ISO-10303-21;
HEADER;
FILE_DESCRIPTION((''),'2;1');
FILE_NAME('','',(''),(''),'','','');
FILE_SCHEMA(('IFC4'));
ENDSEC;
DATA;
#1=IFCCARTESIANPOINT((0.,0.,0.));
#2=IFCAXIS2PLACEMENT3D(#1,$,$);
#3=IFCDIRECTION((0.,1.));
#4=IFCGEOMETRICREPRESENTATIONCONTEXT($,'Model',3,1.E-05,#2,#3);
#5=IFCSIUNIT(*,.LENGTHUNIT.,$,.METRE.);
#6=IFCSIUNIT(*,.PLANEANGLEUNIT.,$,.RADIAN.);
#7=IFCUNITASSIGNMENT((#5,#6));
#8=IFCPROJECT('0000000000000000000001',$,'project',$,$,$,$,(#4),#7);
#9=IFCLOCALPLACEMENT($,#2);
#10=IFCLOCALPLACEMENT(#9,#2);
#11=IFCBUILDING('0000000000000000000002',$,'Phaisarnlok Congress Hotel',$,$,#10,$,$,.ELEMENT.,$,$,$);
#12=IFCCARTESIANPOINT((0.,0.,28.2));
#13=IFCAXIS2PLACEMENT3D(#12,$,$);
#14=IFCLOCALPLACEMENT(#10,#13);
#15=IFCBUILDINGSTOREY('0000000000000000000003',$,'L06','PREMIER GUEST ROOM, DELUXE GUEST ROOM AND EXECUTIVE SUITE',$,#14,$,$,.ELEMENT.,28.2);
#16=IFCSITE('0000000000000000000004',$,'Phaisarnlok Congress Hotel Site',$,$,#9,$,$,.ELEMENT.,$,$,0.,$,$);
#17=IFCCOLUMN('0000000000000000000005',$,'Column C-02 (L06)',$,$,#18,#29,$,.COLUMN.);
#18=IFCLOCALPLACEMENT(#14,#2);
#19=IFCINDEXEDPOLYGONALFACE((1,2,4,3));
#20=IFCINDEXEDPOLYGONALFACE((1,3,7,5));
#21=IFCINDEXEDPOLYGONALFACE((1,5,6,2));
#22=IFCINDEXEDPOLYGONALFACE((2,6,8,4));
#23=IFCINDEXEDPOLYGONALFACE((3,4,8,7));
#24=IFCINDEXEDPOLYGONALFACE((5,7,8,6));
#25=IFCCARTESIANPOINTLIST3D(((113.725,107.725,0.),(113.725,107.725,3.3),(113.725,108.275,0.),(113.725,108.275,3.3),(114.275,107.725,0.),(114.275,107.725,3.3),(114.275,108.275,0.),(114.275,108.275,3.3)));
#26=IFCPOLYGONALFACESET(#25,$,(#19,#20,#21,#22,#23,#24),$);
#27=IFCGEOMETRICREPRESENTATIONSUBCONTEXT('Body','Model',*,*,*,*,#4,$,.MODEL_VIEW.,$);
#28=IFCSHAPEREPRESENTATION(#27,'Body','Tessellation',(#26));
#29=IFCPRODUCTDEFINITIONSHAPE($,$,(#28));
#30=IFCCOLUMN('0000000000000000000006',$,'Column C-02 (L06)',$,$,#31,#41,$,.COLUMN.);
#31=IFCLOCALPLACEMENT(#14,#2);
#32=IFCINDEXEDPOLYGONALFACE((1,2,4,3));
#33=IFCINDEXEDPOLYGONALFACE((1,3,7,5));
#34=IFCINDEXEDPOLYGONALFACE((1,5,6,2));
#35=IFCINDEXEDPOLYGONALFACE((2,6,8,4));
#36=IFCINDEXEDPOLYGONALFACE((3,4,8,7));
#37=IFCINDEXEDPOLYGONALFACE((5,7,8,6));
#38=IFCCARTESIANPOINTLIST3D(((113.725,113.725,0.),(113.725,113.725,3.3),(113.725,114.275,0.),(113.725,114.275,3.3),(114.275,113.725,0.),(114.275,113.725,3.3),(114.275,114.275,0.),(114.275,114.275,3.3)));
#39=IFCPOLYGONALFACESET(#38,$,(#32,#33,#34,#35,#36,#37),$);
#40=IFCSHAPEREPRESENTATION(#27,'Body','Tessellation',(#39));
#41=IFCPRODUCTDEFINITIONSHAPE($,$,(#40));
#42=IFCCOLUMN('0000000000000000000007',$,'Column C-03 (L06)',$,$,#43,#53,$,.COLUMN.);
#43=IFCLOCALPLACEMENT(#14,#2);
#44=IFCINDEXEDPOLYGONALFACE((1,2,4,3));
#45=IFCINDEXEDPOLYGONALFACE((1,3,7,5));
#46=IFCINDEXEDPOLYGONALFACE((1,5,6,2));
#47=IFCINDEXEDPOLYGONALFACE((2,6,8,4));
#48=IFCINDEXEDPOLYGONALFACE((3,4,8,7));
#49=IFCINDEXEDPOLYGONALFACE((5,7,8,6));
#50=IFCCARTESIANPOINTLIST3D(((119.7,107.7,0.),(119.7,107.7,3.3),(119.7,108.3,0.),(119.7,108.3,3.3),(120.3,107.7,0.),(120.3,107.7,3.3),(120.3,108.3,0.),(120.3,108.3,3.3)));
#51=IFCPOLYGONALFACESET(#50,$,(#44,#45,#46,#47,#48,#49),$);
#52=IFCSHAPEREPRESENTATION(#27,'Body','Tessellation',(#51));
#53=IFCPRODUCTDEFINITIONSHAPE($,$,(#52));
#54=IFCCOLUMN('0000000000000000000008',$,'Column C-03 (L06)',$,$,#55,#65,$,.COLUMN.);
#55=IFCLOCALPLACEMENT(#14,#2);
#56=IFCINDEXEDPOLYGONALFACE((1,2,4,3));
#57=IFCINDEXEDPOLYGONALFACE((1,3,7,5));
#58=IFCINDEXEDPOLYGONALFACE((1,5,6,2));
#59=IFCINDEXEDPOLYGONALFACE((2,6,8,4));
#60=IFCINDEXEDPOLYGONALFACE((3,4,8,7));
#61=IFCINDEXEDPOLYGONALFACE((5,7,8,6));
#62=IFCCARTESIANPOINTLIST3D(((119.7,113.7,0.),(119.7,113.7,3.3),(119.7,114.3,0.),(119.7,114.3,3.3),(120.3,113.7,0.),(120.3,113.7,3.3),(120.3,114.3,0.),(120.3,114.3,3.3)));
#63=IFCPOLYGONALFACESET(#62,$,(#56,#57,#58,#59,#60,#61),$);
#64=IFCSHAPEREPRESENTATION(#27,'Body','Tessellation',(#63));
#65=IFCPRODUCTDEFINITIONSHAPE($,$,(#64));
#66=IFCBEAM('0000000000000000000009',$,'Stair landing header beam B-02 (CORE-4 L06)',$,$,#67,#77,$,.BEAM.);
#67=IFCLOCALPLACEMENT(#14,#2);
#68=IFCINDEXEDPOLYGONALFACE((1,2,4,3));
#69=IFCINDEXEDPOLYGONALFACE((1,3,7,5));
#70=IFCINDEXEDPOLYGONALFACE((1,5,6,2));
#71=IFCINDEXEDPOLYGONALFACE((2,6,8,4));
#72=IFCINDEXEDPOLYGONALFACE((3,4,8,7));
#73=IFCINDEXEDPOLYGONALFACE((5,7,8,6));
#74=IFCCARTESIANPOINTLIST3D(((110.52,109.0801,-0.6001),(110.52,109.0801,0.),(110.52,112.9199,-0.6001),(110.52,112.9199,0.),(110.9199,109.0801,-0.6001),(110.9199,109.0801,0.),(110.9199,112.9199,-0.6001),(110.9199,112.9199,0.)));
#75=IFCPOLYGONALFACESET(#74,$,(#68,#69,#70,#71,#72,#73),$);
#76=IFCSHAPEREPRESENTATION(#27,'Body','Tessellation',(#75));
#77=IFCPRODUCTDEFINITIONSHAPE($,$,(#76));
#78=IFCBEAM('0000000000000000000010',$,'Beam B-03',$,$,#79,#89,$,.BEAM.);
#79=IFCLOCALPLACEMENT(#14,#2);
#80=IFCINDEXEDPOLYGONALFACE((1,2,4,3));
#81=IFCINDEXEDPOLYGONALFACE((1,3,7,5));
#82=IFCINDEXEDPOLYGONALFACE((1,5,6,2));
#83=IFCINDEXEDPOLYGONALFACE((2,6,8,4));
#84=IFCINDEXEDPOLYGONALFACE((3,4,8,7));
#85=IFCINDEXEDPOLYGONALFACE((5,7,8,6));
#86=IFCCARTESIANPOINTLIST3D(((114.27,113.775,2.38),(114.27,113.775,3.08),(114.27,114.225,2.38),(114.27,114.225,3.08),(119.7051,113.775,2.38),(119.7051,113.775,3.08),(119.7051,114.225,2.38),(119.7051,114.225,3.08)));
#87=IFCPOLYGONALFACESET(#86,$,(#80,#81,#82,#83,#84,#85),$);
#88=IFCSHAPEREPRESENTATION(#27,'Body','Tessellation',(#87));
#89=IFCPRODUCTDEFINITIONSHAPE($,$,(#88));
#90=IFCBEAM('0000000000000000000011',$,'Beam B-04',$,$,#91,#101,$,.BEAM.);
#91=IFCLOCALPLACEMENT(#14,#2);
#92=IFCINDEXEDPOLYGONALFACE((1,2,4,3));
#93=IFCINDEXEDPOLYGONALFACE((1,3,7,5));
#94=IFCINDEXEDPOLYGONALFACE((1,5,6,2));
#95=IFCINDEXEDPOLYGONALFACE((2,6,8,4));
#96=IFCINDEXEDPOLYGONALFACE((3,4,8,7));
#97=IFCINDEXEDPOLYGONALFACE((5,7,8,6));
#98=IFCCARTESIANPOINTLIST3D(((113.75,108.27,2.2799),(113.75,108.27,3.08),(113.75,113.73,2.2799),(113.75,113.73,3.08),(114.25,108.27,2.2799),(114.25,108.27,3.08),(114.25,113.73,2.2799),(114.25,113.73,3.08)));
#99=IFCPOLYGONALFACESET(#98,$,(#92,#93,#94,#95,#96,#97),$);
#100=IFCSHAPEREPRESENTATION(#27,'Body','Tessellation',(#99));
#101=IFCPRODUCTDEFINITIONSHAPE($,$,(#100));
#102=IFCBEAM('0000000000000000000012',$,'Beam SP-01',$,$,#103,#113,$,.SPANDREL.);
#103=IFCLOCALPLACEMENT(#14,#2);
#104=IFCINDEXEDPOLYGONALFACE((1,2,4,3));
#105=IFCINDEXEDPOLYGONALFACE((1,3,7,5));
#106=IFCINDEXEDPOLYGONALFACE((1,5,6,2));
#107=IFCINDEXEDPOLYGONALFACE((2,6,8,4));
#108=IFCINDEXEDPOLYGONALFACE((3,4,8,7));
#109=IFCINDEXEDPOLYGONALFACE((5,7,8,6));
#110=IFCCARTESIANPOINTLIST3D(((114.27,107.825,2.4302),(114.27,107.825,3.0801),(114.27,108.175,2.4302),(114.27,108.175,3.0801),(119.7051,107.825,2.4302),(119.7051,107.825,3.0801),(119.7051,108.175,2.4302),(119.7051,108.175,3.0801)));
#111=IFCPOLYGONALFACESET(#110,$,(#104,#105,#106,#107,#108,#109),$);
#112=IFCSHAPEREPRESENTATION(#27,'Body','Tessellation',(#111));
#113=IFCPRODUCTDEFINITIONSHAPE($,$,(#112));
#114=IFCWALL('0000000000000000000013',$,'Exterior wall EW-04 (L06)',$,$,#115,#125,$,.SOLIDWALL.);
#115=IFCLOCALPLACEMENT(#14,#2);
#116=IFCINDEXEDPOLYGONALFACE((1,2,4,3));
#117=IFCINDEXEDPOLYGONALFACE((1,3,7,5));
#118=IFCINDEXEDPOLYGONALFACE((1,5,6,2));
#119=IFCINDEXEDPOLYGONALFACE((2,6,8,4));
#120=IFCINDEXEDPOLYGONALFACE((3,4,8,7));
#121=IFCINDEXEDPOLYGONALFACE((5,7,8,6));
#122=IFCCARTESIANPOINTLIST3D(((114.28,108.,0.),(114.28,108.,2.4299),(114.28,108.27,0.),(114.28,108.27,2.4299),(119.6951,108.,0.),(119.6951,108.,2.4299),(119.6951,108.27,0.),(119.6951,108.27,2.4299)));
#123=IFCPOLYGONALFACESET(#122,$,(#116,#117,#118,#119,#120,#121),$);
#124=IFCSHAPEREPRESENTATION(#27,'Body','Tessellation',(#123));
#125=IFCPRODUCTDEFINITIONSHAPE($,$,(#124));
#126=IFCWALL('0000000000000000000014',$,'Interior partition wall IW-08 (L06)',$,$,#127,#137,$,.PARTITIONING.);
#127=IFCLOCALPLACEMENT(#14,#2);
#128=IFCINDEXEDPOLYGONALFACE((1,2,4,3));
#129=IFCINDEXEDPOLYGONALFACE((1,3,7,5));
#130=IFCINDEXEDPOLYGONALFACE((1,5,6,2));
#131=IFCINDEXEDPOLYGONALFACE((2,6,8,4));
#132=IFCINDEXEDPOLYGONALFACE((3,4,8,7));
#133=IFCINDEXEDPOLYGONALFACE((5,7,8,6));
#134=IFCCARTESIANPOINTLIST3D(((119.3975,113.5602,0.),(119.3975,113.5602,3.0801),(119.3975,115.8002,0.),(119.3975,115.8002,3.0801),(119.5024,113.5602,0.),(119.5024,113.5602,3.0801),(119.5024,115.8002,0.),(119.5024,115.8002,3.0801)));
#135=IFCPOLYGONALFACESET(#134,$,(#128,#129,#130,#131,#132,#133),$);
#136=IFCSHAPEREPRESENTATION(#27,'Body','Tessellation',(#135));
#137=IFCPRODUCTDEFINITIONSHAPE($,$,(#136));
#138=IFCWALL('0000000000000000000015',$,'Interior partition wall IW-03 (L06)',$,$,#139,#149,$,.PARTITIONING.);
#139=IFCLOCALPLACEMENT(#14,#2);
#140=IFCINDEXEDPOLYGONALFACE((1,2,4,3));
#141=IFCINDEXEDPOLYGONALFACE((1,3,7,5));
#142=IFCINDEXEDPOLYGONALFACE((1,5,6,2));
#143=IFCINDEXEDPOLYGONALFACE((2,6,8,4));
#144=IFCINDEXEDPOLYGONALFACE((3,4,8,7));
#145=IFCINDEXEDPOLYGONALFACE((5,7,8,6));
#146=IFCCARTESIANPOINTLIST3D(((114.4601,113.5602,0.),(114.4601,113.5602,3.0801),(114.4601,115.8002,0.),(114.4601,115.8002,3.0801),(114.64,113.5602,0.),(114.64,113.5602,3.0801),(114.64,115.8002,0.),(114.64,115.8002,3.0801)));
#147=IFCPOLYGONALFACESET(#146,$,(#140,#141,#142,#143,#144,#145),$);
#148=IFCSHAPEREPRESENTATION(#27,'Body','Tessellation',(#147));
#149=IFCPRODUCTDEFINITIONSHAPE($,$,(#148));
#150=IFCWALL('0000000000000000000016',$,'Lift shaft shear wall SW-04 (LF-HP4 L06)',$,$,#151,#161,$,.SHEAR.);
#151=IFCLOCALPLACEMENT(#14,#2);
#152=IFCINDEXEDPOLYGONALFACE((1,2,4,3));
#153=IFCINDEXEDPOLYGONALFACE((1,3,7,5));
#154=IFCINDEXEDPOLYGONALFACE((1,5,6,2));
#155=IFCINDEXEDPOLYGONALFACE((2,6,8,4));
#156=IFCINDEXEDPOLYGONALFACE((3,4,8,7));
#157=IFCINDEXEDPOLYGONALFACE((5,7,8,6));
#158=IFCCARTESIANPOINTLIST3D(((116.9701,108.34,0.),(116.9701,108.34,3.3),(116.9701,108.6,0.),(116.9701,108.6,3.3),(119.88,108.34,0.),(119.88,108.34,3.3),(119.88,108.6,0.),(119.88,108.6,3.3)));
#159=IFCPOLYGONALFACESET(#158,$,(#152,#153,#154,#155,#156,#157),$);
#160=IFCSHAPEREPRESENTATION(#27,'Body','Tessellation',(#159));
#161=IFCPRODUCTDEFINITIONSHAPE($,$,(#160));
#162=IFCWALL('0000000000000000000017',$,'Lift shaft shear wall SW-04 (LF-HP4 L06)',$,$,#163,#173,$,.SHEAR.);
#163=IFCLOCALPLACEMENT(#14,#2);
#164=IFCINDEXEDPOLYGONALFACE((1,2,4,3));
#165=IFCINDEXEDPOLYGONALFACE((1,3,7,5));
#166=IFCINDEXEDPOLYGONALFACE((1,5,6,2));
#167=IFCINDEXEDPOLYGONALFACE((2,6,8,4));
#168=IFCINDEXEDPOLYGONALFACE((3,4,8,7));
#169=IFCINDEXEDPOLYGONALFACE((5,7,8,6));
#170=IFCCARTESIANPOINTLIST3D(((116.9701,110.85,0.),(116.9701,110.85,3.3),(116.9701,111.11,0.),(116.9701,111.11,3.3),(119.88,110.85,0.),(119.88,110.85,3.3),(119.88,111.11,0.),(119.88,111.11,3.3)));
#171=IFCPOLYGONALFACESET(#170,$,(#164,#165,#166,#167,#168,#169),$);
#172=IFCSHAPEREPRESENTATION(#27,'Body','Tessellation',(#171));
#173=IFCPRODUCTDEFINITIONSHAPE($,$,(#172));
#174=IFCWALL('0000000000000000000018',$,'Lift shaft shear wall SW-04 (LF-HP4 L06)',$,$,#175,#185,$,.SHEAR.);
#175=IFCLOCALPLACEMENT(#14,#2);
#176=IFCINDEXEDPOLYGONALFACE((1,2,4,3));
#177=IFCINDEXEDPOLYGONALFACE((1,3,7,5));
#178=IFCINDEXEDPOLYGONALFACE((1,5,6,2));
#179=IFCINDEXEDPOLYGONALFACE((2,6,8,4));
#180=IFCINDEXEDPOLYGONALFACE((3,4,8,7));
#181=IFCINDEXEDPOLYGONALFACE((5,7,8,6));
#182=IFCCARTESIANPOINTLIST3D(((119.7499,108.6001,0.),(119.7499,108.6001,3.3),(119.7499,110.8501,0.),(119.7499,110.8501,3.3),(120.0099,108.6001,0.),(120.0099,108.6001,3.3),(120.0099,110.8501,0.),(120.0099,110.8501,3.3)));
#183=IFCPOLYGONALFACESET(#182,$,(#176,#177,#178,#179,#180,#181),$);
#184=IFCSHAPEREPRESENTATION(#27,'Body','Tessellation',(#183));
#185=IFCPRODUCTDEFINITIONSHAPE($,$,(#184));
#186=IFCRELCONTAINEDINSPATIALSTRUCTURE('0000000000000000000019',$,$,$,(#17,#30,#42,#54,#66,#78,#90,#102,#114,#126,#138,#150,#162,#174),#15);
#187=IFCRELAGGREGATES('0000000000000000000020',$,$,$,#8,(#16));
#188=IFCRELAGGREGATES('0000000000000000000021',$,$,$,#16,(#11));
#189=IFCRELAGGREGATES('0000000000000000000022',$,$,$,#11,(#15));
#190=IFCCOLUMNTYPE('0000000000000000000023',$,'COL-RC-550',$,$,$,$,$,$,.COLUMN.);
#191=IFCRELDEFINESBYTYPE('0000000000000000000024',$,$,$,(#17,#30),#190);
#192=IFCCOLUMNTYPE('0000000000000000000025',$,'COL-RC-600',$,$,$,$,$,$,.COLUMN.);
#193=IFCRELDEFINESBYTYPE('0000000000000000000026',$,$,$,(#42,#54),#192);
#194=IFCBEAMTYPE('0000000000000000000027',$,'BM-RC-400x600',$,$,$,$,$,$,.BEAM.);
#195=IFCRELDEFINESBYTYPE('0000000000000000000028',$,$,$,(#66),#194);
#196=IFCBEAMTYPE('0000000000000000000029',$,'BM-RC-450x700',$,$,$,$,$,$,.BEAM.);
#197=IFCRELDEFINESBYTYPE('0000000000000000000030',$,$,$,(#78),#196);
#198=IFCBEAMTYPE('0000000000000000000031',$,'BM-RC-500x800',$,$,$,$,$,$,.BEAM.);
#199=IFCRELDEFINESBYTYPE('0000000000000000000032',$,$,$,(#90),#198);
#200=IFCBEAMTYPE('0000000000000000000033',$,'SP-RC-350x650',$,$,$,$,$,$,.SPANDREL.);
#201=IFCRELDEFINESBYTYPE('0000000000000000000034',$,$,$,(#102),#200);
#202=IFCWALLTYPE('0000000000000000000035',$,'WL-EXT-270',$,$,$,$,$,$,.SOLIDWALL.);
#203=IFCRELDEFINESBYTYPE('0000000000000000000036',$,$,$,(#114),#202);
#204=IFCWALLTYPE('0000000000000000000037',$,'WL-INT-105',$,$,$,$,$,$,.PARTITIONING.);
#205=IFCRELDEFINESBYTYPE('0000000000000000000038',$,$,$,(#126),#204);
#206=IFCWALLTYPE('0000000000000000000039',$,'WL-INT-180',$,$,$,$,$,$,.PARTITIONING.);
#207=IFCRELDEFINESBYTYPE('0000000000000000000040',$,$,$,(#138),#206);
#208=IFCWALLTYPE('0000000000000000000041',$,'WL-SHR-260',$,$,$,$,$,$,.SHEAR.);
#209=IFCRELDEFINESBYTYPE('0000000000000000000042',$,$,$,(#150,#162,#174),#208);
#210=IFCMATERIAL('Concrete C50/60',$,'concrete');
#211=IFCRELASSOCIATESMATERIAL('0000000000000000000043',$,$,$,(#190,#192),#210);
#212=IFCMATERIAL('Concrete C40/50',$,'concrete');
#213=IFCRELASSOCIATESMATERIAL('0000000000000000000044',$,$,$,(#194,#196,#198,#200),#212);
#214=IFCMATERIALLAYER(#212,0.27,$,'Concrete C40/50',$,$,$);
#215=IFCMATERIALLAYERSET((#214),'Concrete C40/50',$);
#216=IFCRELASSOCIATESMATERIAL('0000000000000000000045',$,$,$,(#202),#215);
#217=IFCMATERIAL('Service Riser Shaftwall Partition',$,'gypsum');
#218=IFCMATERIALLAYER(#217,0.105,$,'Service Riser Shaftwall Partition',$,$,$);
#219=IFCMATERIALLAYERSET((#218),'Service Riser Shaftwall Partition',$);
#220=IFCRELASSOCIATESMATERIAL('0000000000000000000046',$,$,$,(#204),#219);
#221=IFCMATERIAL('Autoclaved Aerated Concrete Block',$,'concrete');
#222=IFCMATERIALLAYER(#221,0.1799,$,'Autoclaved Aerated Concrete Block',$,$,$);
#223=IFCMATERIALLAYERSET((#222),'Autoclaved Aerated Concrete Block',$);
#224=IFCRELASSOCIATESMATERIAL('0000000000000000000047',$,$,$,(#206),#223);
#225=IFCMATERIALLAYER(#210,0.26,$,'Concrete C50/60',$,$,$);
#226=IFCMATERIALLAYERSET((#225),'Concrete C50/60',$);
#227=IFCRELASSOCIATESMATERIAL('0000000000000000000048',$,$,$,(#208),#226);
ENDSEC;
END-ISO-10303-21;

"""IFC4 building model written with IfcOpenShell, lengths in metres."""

from ifc_helpers import new_model, si_unit, direction, frame, frame_2d, origin, origin_2d, place, context, subcontext, project, spatial, rectangle, extrude, material, layer, layer_set, material_profile, profile_set, type_object, element, save


model = new_model("IFC4")

# Units and contexts
model_context = context("Model", 3, precision=1e-05, world=origin(), true_north=direction((0.0, 1.0)))
body_context = subcontext(model_context, "Body", "Model", "MODEL_VIEW")
ifc_project = project(units=[si_unit("LENGTHUNIT", "METRE"), si_unit("PLANEANGLEUNIT", "RADIAN")], contexts=[model_context])

# Site, building, storey
site_placement = place(None, origin())
site = spatial("IfcSite", under=ifc_project, at=site_placement, Name="Phaisarnlok Congress Hotel Site", CompositionType="ELEMENT", RefElevation=0.0)
building_placement = place(site_placement, origin())
building = spatial("IfcBuilding", under=site, at=building_placement, Name="Phaisarnlok Congress Hotel", CompositionType="ELEMENT")
storey_placement = place(building_placement, frame((0.0, 0.0, 28.2)))
storey = spatial("IfcBuildingStorey", under=building, at=storey_placement, Name="L06", Description="PREMIER GUEST ROOM, DELUXE GUEST ROOM AND EXECUTIVE SUITE", CompositionType="ELEMENT", Elevation=28.2)

# Columns
ifc_material_1 = material(Name="Concrete C50/60", Category="concrete")
ifc_material_profile_1 = material_profile(ifc_material_1, rectangle(XDim=0.55, YDim=0.55, at=origin_2d()), Name="RC 550x550")
ifc_profile_set_1 = profile_set([ifc_material_profile_1], Name="Concrete C50/60")
column_type_1 = type_object("IfcColumnType", Name="COL-RC-550", PredefinedType="COLUMN", material=ifc_profile_set_1)
for number, where, z_axis, x_axis, name in (
    (1, (114.0, 108.0, 0.0), (0.0, 0.0, 1.0), (1.0, 0.0, 0.0), "Column C-02 (L06)"),
    (2, (114.0, 114.0, 0.0), (0.0, 0.0, 1.0), (1.0, 0.0, 0.0), "Column C-02 (L06)"),
):
    element("IfcColumn", number, at=place(storey_placement, frame(where, z_axis=z_axis, x_axis=x_axis)), inside=storey, type_object=column_type_1, Name=name, PredefinedType="COLUMN", context=body_context, shape_type="SweptSolid", body=[
        extrude(rectangle(XDim=0.55, YDim=0.55, at=origin_2d()), origin(), (0.0, 0.0, 1.0), 3.3),
    ])
ifc_material_profile_2 = material_profile(ifc_material_1, rectangle(XDim=0.6001, YDim=0.6001, at=origin_2d()), Name="RC 600x600")
ifc_profile_set_2 = profile_set([ifc_material_profile_2], Name="Concrete C50/60")
column_type_2 = type_object("IfcColumnType", Name="COL-RC-600", PredefinedType="COLUMN", material=ifc_profile_set_2)
for number, where, z_axis, x_axis, name in (
    (3, (120.0, 108.0, 0.0), (0.0, 0.0, 1.0), (1.0, 0.0, 0.0), "Column C-03 (L06)"),
    (4, (120.0, 114.0, 0.0), (0.0, 0.0, 1.0), (1.0, 0.0, 0.0), "Column C-03 (L06)"),
):
    element("IfcColumn", number, at=place(storey_placement, frame(where, z_axis=z_axis, x_axis=x_axis)), inside=storey, type_object=column_type_2, Name=name, PredefinedType="COLUMN", context=body_context, shape_type="SweptSolid", body=[
        extrude(rectangle(XDim=0.6001, YDim=0.6001, at=origin_2d()), origin(), (0.0, 0.0, 1.0), 3.3),
    ])

# Beams
ifc_material_2 = material(Name="Concrete C40/50", Category="concrete")
ifc_material_profile_3 = material_profile(ifc_material_2, rectangle(XDim=0.3999, YDim=0.6001, at=origin_2d()), Name="RC 400x600")
ifc_profile_set_3 = profile_set([ifc_material_profile_3], Name="Concrete C40/50")
beam_type_1 = type_object("IfcBeamType", Name="BM-RC-400x600", PredefinedType="BEAM", material=ifc_profile_set_3)
beam_1_placement = place(storey_placement, frame((110.72, 109.0801, -0.3), z_axis=(0.0, 1.0, 0.0), x_axis=(-1.0, 0.0, 0.0)))
element("IfcBeam", 5, at=beam_1_placement, inside=storey, type_object=beam_type_1, Name="Stair landing header beam B-02 (CORE-4 L06)", PredefinedType="BEAM", context=body_context, shape_type="SweptSolid", body=[
    extrude(rectangle(XDim=0.3999, YDim=0.6001, at=origin_2d()), origin(), (0.0, 0.0, 1.0), 3.8398),
])
ifc_material_profile_4 = material_profile(ifc_material_2, rectangle(XDim=0.45, YDim=0.7, at=origin_2d()), Name="RC 450x700")
ifc_profile_set_4 = profile_set([ifc_material_profile_4], Name="Concrete C40/50")
beam_type_2 = type_object("IfcBeamType", Name="BM-RC-450x700", PredefinedType="BEAM", material=ifc_profile_set_4)
beam_2_placement = place(storey_placement, frame((114.27, 114.0, 2.73), z_axis=(1.0, 0.0, 0.0), x_axis=(0.0, 1.0, 0.0)))
element("IfcBeam", 6, at=beam_2_placement, inside=storey, type_object=beam_type_2, Name="Beam B-03", PredefinedType="BEAM", context=body_context, shape_type="SweptSolid", body=[
    extrude(rectangle(XDim=0.45, YDim=0.7, at=origin_2d()), origin(), (0.0, 0.0, 1.0), 5.4351),
])
ifc_material_profile_5 = material_profile(ifc_material_2, rectangle(XDim=0.5, YDim=0.8, at=origin_2d()), Name="RC 500x800")
ifc_profile_set_5 = profile_set([ifc_material_profile_5], Name="Concrete C40/50")
beam_type_3 = type_object("IfcBeamType", Name="BM-RC-500x800", PredefinedType="BEAM", material=ifc_profile_set_5)
beam_3_placement = place(storey_placement, frame((114.0, 108.27, 2.6799), z_axis=(0.0, 1.0, 0.0), x_axis=(-1.0, 0.0, 0.0)))
element("IfcBeam", 7, at=beam_3_placement, inside=storey, type_object=beam_type_3, Name="Beam B-04", PredefinedType="BEAM", context=body_context, shape_type="SweptSolid", body=[
    extrude(rectangle(XDim=0.5, YDim=0.8, at=origin_2d()), origin(), (0.0, 0.0, 1.0), 5.46),
])
ifc_material_profile_6 = material_profile(ifc_material_2, rectangle(XDim=0.3501, YDim=0.6499, at=origin_2d()), Name="RC 350x650")
ifc_profile_set_6 = profile_set([ifc_material_profile_6], Name="Concrete C40/50")
beam_type_4 = type_object("IfcBeamType", Name="SP-RC-350x650", PredefinedType="SPANDREL", material=ifc_profile_set_6)
beam_4_placement = place(storey_placement, frame((114.27, 108.0, 2.7551), z_axis=(1.0, 0.0, 0.0), x_axis=(0.0, 1.0, 0.0)))
element("IfcBeam", 8, at=beam_4_placement, inside=storey, type_object=beam_type_4, Name="Beam SP-01", PredefinedType="SPANDREL", context=body_context, shape_type="SweptSolid", body=[
    extrude(rectangle(XDim=0.3501, YDim=0.6499, at=origin_2d()), origin(), (0.0, 0.0, 1.0), 5.4351),
])

# Walls
ifc_layer_1 = layer(ifc_material_2, 0.27, Name="Concrete C40/50")
ifc_layer_set_1 = layer_set([ifc_layer_1], Name="Concrete C40/50")
wall_type_1 = type_object("IfcWallType", Name="WL-EXT-270", PredefinedType="SOLIDWALL", material=ifc_layer_set_1)
wall_1_placement = place(storey_placement, frame((114.28, 108.135, 0.0), z_axis=(0.0, 0.0, 1.0), x_axis=(1.0, 0.0, 0.0)))
element("IfcWall", 9, at=wall_1_placement, inside=storey, type_object=wall_type_1, Name="Exterior wall EW-04 (L06)", PredefinedType="SOLIDWALL", context=body_context, shape_type="SweptSolid", body=[
    extrude(rectangle(XDim=5.415, YDim=0.27, at=frame_2d((2.7075, 0.0))), origin(), (0.0, 0.0, 1.0), 2.4299),
])
ifc_material_3 = material(Name="Service Riser Shaftwall Partition", Category="gypsum")
ifc_layer_2 = layer(ifc_material_3, 0.105, Name="Service Riser Shaftwall Partition")
ifc_layer_set_2 = layer_set([ifc_layer_2], Name="Service Riser Shaftwall Partition")
wall_type_2 = type_object("IfcWallType", Name="WL-INT-105", PredefinedType="PARTITIONING", material=ifc_layer_set_2)
wall_2_placement = place(storey_placement, frame((119.45, 113.5601, 0.0), z_axis=(0.0, 0.0, 1.0), x_axis=(0.0, 1.0, 0.0)))
element("IfcWall", 10, at=wall_2_placement, inside=storey, type_object=wall_type_2, Name="Interior partition wall IW-08 (L06)", PredefinedType="PARTITIONING", context=body_context, shape_type="SweptSolid", body=[
    extrude(rectangle(XDim=2.24, YDim=0.105, at=frame_2d((1.1201, 0.0))), origin(), (0.0, 0.0, 1.0), 3.0801),
])
ifc_material_4 = material(Name="Autoclaved Aerated Concrete Block", Category="concrete")
ifc_layer_3 = layer(ifc_material_4, 0.1799, Name="Autoclaved Aerated Concrete Block")
ifc_layer_set_3 = layer_set([ifc_layer_3], Name="Autoclaved Aerated Concrete Block")
wall_type_3 = type_object("IfcWallType", Name="WL-INT-180", PredefinedType="PARTITIONING", material=ifc_layer_set_3)
wall_3_placement = place(storey_placement, frame((114.55, 113.5601, 0.0), z_axis=(0.0, 0.0, 1.0), x_axis=(0.0, 1.0, 0.0)))
element("IfcWall", 11, at=wall_3_placement, inside=storey, type_object=wall_type_3, Name="Interior partition wall IW-03 (L06)", PredefinedType="PARTITIONING", context=body_context, shape_type="SweptSolid", body=[
    extrude(rectangle(XDim=2.24, YDim=0.1799, at=frame_2d((1.1201, 0.0))), origin(), (0.0, 0.0, 1.0), 3.0801),
])

# Shared definitions
ifc_layer_4 = layer(ifc_material_1, 0.26, Name="Concrete C50/60")
ifc_layer_set_4 = layer_set([ifc_layer_4], Name="Concrete C50/60")
wall_type_4 = type_object("IfcWallType", Name="WL-SHR-260", PredefinedType="SHEAR", material=ifc_layer_set_4)

# Walls
for number, where, z_axis, x_axis, name in (
    (12, (116.97, 108.47, 0.0), (0.0, 0.0, 1.0), (1.0, 0.0, 0.0), "Lift shaft shear wall SW-04 (LF-HP4 L06)"),
    (13, (116.97, 110.98, 0.0), (0.0, 0.0, 1.0), (1.0, 0.0, 0.0), "Lift shaft shear wall SW-04 (LF-HP4 L06)"),
):
    element("IfcWall", number, at=place(storey_placement, frame(where, z_axis=z_axis, x_axis=x_axis)), inside=storey, type_object=wall_type_4, Name=name, PredefinedType="SHEAR", context=body_context, shape_type="SweptSolid", body=[
        extrude(rectangle(XDim=2.9099, YDim=0.26, at=frame_2d((1.4551, 0.0))), origin(), (0.0, 0.0, 1.0), 3.3),
    ])
wall_4_placement = place(storey_placement, frame((119.8799, 108.6001, 0.0), z_axis=(0.0, 0.0, 1.0), x_axis=(0.0, 1.0, 0.0)))
element("IfcWall", 14, at=wall_4_placement, inside=storey, type_object=wall_type_4, Name="Lift shaft shear wall SW-04 (LF-HP4 L06)", PredefinedType="SHEAR", context=body_context, shape_type="SweptSolid", body=[
    extrude(rectangle(XDim=2.25, YDim=0.26, at=frame_2d((1.125, 0.0))), origin(), (0.0, 0.0, 1.0), 3.3),
])

save(model, "model.ifc")
